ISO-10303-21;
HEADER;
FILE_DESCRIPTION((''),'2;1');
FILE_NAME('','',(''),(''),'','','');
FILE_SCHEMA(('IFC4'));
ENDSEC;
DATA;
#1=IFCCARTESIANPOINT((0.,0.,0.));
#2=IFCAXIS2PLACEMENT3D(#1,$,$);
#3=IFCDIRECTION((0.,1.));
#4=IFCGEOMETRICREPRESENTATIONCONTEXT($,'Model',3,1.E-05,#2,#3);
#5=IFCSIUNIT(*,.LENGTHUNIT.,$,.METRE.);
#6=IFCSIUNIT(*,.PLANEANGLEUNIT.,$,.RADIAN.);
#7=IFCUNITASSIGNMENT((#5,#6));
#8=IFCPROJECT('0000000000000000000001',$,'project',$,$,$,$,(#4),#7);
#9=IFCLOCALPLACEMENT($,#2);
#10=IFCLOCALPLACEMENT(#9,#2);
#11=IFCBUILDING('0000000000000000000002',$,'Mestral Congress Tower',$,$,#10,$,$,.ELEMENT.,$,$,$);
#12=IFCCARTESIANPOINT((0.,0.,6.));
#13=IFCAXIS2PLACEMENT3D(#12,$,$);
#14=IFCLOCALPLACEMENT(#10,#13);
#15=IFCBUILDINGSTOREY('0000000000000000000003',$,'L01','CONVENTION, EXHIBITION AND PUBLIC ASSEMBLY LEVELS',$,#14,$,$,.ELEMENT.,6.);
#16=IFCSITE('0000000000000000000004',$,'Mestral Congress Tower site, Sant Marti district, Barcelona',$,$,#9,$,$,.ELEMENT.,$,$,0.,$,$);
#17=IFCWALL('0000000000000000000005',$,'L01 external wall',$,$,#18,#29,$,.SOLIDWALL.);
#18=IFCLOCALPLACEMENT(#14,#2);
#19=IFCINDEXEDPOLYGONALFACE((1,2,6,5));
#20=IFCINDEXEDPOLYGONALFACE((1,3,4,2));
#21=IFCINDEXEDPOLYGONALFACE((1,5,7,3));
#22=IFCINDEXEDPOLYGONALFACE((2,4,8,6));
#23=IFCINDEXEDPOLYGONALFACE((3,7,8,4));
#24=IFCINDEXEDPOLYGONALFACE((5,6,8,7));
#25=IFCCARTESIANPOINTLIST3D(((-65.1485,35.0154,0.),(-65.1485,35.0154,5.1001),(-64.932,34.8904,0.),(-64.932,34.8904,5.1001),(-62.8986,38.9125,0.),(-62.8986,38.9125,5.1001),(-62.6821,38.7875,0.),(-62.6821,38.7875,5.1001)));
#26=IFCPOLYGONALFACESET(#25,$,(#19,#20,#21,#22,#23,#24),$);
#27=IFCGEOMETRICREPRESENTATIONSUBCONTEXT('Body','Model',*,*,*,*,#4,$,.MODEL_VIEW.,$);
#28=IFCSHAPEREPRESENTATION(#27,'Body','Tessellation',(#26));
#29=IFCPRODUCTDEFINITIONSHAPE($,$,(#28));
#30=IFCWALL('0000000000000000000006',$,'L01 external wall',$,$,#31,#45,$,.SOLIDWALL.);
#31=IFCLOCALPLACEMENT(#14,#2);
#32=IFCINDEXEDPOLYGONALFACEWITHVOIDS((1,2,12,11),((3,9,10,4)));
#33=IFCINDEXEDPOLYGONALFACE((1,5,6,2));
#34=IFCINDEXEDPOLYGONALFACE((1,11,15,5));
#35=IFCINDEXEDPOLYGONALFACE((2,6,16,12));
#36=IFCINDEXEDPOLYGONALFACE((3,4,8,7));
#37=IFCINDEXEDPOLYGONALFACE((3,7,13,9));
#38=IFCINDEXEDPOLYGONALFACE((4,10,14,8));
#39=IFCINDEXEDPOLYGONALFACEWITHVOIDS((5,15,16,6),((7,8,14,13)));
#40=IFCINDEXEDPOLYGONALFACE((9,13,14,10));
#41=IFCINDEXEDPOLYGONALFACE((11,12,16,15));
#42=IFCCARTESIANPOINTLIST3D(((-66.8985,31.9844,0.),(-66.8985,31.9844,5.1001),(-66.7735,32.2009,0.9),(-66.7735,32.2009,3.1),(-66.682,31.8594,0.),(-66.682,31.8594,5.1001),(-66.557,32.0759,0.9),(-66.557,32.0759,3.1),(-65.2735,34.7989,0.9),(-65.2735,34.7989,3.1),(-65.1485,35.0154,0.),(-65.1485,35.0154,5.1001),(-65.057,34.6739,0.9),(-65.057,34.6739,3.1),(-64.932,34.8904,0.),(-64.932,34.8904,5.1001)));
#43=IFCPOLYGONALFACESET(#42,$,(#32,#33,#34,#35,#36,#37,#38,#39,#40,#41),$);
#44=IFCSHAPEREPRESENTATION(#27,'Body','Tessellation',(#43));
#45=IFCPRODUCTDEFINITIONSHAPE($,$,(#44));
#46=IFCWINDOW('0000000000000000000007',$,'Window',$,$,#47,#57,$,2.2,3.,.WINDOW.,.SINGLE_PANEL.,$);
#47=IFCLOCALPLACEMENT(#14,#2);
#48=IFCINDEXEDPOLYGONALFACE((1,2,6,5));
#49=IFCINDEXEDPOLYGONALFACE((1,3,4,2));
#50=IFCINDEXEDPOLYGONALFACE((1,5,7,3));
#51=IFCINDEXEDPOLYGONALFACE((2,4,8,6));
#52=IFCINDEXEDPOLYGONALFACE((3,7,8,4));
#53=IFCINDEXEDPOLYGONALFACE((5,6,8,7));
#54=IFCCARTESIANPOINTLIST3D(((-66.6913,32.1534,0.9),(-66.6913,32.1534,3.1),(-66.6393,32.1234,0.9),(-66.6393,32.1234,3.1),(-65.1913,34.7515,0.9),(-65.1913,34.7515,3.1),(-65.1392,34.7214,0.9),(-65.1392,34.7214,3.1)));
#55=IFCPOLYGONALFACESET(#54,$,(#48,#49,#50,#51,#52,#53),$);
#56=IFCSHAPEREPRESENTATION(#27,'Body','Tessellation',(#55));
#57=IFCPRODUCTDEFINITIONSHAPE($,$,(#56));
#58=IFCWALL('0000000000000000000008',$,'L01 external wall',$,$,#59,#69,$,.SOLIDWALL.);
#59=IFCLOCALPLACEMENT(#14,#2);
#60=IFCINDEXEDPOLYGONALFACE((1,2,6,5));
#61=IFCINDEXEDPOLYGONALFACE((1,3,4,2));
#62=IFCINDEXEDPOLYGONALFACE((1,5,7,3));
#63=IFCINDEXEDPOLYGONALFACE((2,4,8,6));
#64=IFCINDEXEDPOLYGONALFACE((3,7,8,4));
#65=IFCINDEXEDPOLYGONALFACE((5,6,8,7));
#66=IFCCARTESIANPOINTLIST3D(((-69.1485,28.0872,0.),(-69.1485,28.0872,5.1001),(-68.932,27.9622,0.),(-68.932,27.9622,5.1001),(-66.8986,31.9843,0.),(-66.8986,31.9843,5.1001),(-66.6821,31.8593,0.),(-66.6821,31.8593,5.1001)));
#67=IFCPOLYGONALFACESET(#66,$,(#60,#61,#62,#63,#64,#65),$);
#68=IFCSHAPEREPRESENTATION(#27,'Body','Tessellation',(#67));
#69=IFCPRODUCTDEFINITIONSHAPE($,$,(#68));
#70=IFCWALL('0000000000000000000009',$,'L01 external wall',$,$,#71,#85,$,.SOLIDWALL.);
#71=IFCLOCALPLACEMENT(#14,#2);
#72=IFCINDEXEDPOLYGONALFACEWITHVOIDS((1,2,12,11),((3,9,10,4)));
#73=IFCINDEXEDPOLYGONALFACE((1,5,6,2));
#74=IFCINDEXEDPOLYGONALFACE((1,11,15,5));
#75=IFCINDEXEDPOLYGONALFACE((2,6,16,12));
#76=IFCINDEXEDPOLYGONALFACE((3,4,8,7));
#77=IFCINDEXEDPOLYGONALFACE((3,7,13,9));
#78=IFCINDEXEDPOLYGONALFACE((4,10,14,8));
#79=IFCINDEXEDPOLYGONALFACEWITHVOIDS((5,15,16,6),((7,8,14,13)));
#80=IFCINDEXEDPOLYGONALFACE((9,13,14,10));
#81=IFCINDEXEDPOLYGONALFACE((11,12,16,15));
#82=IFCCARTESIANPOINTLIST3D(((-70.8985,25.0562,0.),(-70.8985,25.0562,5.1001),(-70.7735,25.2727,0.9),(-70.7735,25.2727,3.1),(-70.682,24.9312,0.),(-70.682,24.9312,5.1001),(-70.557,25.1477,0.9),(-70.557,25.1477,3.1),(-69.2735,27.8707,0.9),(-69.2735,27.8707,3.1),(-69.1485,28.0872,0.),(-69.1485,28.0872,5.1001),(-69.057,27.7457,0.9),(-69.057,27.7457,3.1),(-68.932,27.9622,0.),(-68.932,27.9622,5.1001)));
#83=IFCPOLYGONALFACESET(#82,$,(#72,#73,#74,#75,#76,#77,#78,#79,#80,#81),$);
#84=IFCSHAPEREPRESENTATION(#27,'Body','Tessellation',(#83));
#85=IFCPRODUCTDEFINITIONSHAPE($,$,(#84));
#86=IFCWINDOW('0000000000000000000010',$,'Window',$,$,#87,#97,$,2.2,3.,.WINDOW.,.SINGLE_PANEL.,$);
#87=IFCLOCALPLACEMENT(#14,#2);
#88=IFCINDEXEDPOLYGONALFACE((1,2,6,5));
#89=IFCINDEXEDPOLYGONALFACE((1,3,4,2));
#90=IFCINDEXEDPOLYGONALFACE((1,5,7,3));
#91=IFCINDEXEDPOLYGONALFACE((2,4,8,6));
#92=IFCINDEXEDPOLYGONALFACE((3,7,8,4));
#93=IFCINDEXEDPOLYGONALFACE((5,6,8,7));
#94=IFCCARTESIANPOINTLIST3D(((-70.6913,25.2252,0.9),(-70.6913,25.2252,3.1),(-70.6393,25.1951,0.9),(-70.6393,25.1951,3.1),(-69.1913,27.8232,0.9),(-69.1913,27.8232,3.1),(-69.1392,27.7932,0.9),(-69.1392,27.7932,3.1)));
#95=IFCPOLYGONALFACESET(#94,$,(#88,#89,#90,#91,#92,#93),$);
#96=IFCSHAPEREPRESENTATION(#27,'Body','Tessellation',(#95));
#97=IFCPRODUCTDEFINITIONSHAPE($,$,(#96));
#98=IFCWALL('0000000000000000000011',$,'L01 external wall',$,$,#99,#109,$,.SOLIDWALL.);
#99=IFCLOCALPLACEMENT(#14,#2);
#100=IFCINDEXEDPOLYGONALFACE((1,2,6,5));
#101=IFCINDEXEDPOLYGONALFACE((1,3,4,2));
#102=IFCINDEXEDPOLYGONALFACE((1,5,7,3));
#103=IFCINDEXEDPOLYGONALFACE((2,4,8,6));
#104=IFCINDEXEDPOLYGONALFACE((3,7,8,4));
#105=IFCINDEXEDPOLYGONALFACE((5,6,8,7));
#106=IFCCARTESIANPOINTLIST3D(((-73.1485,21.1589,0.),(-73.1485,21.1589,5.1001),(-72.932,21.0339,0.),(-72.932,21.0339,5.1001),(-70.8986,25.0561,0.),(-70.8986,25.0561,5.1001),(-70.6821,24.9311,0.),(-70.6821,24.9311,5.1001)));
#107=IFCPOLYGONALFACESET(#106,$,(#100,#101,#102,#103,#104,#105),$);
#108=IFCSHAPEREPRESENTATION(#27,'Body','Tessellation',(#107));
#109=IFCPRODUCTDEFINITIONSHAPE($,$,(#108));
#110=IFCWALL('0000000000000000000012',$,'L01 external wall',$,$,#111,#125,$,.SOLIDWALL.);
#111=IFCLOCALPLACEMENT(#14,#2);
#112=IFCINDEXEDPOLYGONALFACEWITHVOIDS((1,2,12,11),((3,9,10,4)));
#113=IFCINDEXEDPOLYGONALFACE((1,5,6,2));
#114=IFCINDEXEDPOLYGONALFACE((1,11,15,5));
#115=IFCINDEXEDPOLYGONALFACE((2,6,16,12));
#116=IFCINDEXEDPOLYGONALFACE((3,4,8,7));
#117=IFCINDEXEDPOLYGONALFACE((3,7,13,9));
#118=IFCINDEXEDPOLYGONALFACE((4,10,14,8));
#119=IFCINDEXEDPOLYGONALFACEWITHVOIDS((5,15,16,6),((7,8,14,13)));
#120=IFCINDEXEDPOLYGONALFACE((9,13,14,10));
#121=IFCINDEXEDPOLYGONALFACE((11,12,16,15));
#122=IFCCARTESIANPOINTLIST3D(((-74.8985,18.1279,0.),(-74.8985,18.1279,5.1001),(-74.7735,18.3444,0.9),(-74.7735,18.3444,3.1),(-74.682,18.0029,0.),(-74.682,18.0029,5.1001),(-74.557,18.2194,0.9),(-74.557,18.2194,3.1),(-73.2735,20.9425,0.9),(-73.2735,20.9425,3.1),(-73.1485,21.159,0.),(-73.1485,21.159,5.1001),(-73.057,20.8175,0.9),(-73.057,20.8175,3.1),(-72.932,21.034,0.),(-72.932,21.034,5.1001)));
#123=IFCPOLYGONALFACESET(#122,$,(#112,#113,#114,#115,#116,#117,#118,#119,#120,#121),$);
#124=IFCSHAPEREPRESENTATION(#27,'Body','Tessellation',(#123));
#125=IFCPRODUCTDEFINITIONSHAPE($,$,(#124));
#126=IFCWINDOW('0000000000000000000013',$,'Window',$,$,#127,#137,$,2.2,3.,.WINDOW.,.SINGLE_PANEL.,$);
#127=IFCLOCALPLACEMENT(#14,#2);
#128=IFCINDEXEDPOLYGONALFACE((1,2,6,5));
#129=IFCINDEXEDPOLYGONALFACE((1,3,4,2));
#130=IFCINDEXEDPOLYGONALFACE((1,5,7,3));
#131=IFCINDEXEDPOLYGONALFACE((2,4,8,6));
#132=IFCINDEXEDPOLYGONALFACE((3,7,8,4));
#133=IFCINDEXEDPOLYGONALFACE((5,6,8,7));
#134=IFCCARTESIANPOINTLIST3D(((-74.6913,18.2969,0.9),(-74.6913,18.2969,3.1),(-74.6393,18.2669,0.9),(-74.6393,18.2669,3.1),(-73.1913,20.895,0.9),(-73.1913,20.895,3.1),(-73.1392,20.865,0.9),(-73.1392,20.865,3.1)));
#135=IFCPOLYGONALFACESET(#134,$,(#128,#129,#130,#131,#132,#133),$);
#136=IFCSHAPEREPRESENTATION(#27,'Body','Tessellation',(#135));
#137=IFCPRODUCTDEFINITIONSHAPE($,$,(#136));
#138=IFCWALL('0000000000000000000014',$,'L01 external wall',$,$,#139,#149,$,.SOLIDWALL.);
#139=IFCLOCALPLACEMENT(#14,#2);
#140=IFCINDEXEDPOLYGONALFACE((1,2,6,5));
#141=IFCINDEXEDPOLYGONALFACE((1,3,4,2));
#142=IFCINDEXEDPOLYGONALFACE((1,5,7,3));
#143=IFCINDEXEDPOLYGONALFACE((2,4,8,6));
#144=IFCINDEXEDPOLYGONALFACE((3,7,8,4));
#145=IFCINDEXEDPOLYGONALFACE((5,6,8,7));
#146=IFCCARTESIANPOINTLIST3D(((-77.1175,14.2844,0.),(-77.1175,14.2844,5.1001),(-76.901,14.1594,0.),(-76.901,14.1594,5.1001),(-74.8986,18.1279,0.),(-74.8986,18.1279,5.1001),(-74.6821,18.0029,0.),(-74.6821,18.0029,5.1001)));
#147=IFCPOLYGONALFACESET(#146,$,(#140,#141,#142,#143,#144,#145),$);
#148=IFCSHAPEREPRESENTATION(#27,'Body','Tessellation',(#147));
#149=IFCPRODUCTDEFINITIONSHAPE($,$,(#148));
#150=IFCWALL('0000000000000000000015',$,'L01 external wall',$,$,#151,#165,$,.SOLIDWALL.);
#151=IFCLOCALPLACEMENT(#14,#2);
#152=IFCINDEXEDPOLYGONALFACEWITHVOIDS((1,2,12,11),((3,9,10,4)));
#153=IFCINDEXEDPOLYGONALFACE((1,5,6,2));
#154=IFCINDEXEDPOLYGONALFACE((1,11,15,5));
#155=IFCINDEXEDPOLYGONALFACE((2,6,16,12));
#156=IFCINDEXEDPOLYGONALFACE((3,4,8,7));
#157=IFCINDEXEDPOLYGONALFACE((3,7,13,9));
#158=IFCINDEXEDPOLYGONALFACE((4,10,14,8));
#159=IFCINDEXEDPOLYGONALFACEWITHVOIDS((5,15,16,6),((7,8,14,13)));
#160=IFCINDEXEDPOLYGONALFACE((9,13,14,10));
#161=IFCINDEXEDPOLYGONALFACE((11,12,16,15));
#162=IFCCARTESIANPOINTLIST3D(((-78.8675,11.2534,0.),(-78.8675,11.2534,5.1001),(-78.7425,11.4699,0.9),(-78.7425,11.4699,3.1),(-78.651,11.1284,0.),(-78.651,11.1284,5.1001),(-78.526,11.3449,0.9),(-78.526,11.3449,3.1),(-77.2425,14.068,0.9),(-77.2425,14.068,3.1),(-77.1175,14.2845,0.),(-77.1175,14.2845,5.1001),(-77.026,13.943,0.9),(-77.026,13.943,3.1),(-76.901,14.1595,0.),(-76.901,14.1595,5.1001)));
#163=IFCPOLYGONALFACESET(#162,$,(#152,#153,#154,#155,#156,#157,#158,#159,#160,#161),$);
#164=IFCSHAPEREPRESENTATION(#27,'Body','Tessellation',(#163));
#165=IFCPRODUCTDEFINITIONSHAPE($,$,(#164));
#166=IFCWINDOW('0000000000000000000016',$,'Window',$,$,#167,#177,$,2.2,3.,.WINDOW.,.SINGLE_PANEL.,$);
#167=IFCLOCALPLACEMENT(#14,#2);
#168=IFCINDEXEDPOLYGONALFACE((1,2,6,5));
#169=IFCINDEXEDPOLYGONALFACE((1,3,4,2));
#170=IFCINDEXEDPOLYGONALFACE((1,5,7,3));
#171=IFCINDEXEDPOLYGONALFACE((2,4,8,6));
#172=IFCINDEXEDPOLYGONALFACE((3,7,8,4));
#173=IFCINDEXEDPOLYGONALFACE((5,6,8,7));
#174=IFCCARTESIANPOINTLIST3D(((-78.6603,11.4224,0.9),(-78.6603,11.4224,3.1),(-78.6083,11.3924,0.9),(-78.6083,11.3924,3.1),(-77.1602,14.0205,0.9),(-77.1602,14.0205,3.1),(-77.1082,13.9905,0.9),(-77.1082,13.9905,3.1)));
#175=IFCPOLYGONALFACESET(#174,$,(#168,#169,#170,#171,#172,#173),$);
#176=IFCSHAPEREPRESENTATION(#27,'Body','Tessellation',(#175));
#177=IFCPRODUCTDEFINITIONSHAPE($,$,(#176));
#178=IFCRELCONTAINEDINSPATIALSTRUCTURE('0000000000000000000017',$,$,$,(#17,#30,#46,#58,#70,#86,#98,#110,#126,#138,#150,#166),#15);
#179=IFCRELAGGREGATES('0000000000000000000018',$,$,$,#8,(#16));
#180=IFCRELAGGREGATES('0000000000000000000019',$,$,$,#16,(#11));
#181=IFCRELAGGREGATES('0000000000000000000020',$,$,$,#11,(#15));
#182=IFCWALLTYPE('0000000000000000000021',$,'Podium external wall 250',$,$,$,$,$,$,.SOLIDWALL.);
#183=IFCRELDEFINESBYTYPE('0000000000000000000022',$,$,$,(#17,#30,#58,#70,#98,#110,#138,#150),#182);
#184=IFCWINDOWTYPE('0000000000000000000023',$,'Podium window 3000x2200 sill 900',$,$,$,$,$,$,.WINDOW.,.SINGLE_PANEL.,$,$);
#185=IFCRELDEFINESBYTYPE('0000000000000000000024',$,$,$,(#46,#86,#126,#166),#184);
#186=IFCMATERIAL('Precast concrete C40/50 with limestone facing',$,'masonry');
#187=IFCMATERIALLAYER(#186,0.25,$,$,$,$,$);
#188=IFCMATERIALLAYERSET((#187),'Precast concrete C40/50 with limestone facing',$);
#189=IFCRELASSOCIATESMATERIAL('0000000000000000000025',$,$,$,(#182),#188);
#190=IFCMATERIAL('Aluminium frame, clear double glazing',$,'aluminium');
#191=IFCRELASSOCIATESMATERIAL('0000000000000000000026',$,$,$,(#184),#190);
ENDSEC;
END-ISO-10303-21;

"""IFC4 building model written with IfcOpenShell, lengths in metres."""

from ifc_helpers import new_model, si_unit, direction, frame, frame_2d, origin, place, context, subcontext, project, spatial, rectangle, extrude, material, layer, layer_set, type_object, element, fill, save


model = new_model("IFC4")

# Units and contexts
model_context = context("Model", 3, precision=1e-05, world=origin(), true_north=direction((0.0, 1.0)))
body_context = subcontext(model_context, "Body", "Model", "MODEL_VIEW")
ifc_project = project(units=[si_unit("LENGTHUNIT", "METRE"), si_unit("PLANEANGLEUNIT", "RADIAN")], contexts=[model_context])

# Site, building, storey
site_placement = place(None, origin())
site = spatial("IfcSite", under=ifc_project, at=site_placement, Name="Mestral Congress Tower site, Sant Marti district, Barcelona", CompositionType="ELEMENT", RefElevation=0.0)
building_placement = place(site_placement, origin())
building = spatial("IfcBuilding", under=site, at=building_placement, Name="Mestral Congress Tower", CompositionType="ELEMENT")
storey_placement = place(building_placement, frame((0.0, 0.0, 6.0)))
storey = spatial("IfcBuildingStorey", under=building, at=storey_placement, Name="L01", Description="CONVENTION, EXHIBITION AND PUBLIC ASSEMBLY LEVELS", CompositionType="ELEMENT", Elevation=6.0)

# Wall
ifc_material_1 = material(Name="Precast concrete C40/50 with limestone facing", Category="masonry")
ifc_layer_1 = layer(ifc_material_1, 0.25)
ifc_layer_set_1 = layer_set([ifc_layer_1], Name="Precast concrete C40/50 with limestone facing")
wall_type_1 = type_object("IfcWallType", Name="Podium external wall 250", PredefinedType="SOLIDWALL", material=ifc_layer_set_1)
wall_1_placement = place(storey_placement, frame((-65.0403, 34.9529, 0.0), z_axis=(0.0, 0.0, 1.0), x_axis=(0.49999, 0.866031, 0.0)))
element("IfcWall", 1, at=wall_1_placement, inside=storey, type_object=wall_type_1, Name="L01 external wall", PredefinedType="SOLIDWALL", context=body_context, shape_type="SweptSolid", body=[
    extrude(rectangle(XDim=4.5, YDim=0.25, at=frame_2d((2.25, 0.0))), origin(), (0.0, 0.0, 1.0), 5.1001),
])

# Wall, opening, window
wall_2_placement = place(storey_placement, frame((-66.7903, 31.9219, 0.0), z_axis=(0.0, 0.0, 1.0), x_axis=(0.50001, 0.866019, 0.0)))
wall_2 = element("IfcWall", 2, at=wall_2_placement, inside=storey, type_object=wall_type_1, Name="L01 external wall", PredefinedType="SOLIDWALL", context=body_context, shape_type="SweptSolid", body=[
    extrude(rectangle(XDim=3.5, YDim=0.25, at=frame_2d((1.75, 0.0))), origin(), (0.0, 0.0, 1.0), 5.1001),
])
opening_1_placement = place(wall_2_placement, frame((0.25, 0.0, 0.8999)))
opening_1 = element("IfcOpeningElement", 3, at=opening_1_placement, cuts=wall_2, PredefinedType="OPENING", context=body_context, shape_type="SweptSolid", body=[
    extrude(rectangle(XDim=3.0, YDim=2.2, at=frame_2d((1.5, 1.1001))), frame((0.0, 0.135, 0.0), z_axis=(0.0, -1.0, 0.0), x_axis=(1.0, 0.0, 0.0)), (0.0, 0.0, 1.0), 0.27),
])
ifc_material_2 = material(Name="Aluminium frame, clear double glazing", Category="aluminium")
window_type = type_object("IfcWindowType", Name="Podium window 3000x2200 sill 900", PartitioningType="SINGLE_PANEL", PredefinedType="WINDOW", material=ifc_material_2)
window_1_placement = place(opening_1_placement, origin())
window_1 = element("IfcWindow", 4, at=window_1_placement, inside=storey, type_object=window_type, Name="Window", OverallHeight=2.2, OverallWidth=3.0, PartitioningType="SINGLE_PANEL", PredefinedType="WINDOW", context=body_context, shape_type="SweptSolid", body=[
    extrude(rectangle(XDim=3.0, YDim=2.2, at=frame_2d((1.5, 1.1001))), frame((0.0, 0.03, 0.0), z_axis=(0.0, -1.0, 0.0), x_axis=(1.0, 0.0, 0.0)), (0.0, 0.0, 1.0), 0.0601),
])
fill(opening_1, window_1)

# Wall
wall_3_placement = place(storey_placement, frame((-69.0403, 28.0247, 0.0), z_axis=(0.0, 0.0, 1.0), x_axis=(0.49999, 0.866031, 0.0)))
element("IfcWall", 5, at=wall_3_placement, inside=storey, type_object=wall_type_1, Name="L01 external wall", PredefinedType="SOLIDWALL", context=body_context, shape_type="SweptSolid", body=[
    extrude(rectangle(XDim=4.5, YDim=0.25, at=frame_2d((2.25, 0.0))), origin(), (0.0, 0.0, 1.0), 5.1001),
])

# Wall, opening, window
wall_4_placement = place(storey_placement, frame((-70.7903, 24.9937, 0.0), z_axis=(0.0, 0.0, 1.0), x_axis=(0.50001, 0.866019, 0.0)))
wall_4 = element("IfcWall", 6, at=wall_4_placement, inside=storey, type_object=wall_type_1, Name="L01 external wall", PredefinedType="SOLIDWALL", context=body_context, shape_type="SweptSolid", body=[
    extrude(rectangle(XDim=3.5, YDim=0.25, at=frame_2d((1.75, 0.0))), origin(), (0.0, 0.0, 1.0), 5.1001),
])
opening_2_placement = place(wall_4_placement, frame((0.25, 0.0, 0.8999)))
opening_2 = element("IfcOpeningElement", 7, at=opening_2_placement, cuts=wall_4, PredefinedType="OPENING", context=body_context, shape_type="SweptSolid", body=[
    extrude(rectangle(XDim=3.0, YDim=2.2, at=frame_2d((1.5, 1.1001))), frame((0.0, 0.135, 0.0), z_axis=(0.0, -1.0, 0.0), x_axis=(1.0, 0.0, 0.0)), (0.0, 0.0, 1.0), 0.27),
])
window_2_placement = place(opening_2_placement, origin())
window_2 = element("IfcWindow", 8, at=window_2_placement, inside=storey, type_object=window_type, Name="Window", OverallHeight=2.2, OverallWidth=3.0, PartitioningType="SINGLE_PANEL", PredefinedType="WINDOW", context=body_context, shape_type="SweptSolid", body=[
    extrude(rectangle(XDim=3.0, YDim=2.2, at=frame_2d((1.5, 1.1001))), frame((0.0, 0.03, 0.0), z_axis=(0.0, -1.0, 0.0), x_axis=(1.0, 0.0, 0.0)), (0.0, 0.0, 1.0), 0.0601),
])
fill(opening_2, window_2)

# Wall
wall_5_placement = place(storey_placement, frame((-73.0403, 21.0964, 0.0), z_axis=(0.0, 0.0, 1.0), x_axis=(0.49999, 0.866031, 0.0)))
element("IfcWall", 9, at=wall_5_placement, inside=storey, type_object=wall_type_1, Name="L01 external wall", PredefinedType="SOLIDWALL", context=body_context, shape_type="SweptSolid", body=[
    extrude(rectangle(XDim=4.5, YDim=0.25, at=frame_2d((2.25, 0.0))), origin(), (0.0, 0.0, 1.0), 5.1001),
])

# Wall, opening, window
wall_6_placement = place(storey_placement, frame((-74.7903, 18.0654, 0.0), z_axis=(0.0, 0.0, 1.0), x_axis=(0.50001, 0.866019, 0.0)))
wall_6 = element("IfcWall", 10, at=wall_6_placement, inside=storey, type_object=wall_type_1, Name="L01 external wall", PredefinedType="SOLIDWALL", context=body_context, shape_type="SweptSolid", body=[
    extrude(rectangle(XDim=3.5, YDim=0.25, at=frame_2d((1.75, 0.0))), origin(), (0.0, 0.0, 1.0), 5.1001),
])
opening_3_placement = place(wall_6_placement, frame((0.25, 0.0, 0.8999)))
opening_3 = element("IfcOpeningElement", 11, at=opening_3_placement, cuts=wall_6, PredefinedType="OPENING", context=body_context, shape_type="SweptSolid", body=[
    extrude(rectangle(XDim=3.0, YDim=2.2, at=frame_2d((1.5, 1.1001))), frame((0.0, 0.135, 0.0), z_axis=(0.0, -1.0, 0.0), x_axis=(1.0, 0.0, 0.0)), (0.0, 0.0, 1.0), 0.27),
])
window_3_placement = place(opening_3_placement, origin())
window_3 = element("IfcWindow", 12, at=window_3_placement, inside=storey, type_object=window_type, Name="Window", OverallHeight=2.2, OverallWidth=3.0, PartitioningType="SINGLE_PANEL", PredefinedType="WINDOW", context=body_context, shape_type="SweptSolid", body=[
    extrude(rectangle(XDim=3.0, YDim=2.2, at=frame_2d((1.5, 1.1001))), frame((0.0, 0.03, 0.0), z_axis=(0.0, -1.0, 0.0), x_axis=(1.0, 0.0, 0.0)), (0.0, 0.0, 1.0), 0.0601),
])
fill(opening_3, window_3)

# Wall
wall_7_placement = place(storey_placement, frame((-77.0093, 14.2219, 0.0), z_axis=(0.0, 0.0, 1.0), x_axis=(0.499991, 0.866031, 0.0)))
element("IfcWall", 13, at=wall_7_placement, inside=storey, type_object=wall_type_1, Name="L01 external wall", PredefinedType="SOLIDWALL", context=body_context, shape_type="SweptSolid", body=[
    extrude(rectangle(XDim=4.438, YDim=0.25, at=frame_2d((2.219, 0.0))), origin(), (0.0, 0.0, 1.0), 5.1001),
])

# Wall, opening, window
wall_8_placement = place(storey_placement, frame((-78.7593, 11.1909, 0.0), z_axis=(0.0, 0.0, 1.0), x_axis=(0.50001, 0.866019, 0.0)))
wall_8 = element("IfcWall", 14, at=wall_8_placement, inside=storey, type_object=wall_type_1, Name="L01 external wall", PredefinedType="SOLIDWALL", context=body_context, shape_type="SweptSolid", body=[
    extrude(rectangle(XDim=3.5, YDim=0.25, at=frame_2d((1.75, 0.0))), origin(), (0.0, 0.0, 1.0), 5.1001),
])
opening_4_placement = place(wall_8_placement, frame((0.25, 0.0, 0.8999)))
opening_4 = element("IfcOpeningElement", 15, at=opening_4_placement, cuts=wall_8, PredefinedType="OPENING", context=body_context, shape_type="SweptSolid", body=[
    extrude(rectangle(XDim=3.0, YDim=2.2, at=frame_2d((1.5, 1.1001))), frame((0.0, 0.135, 0.0), z_axis=(0.0, -1.0, 0.0), x_axis=(1.0, 0.0, 0.0)), (0.0, 0.0, 1.0), 0.27),
])
window_4_placement = place(opening_4_placement, origin())
window_4 = element("IfcWindow", 16, at=window_4_placement, inside=storey, type_object=window_type, Name="Window", OverallHeight=2.2, OverallWidth=3.0, PartitioningType="SINGLE_PANEL", PredefinedType="WINDOW", context=body_context, shape_type="SweptSolid", body=[
    extrude(rectangle(XDim=3.0, YDim=2.2, at=frame_2d((1.5, 1.1001))), frame((0.0, 0.03, 0.0), z_axis=(0.0, -1.0, 0.0), x_axis=(1.0, 0.0, 0.0)), (0.0, 0.0, 1.0), 0.0601),
])
fill(opening_4, window_4)

save(model, "model.ifc")
